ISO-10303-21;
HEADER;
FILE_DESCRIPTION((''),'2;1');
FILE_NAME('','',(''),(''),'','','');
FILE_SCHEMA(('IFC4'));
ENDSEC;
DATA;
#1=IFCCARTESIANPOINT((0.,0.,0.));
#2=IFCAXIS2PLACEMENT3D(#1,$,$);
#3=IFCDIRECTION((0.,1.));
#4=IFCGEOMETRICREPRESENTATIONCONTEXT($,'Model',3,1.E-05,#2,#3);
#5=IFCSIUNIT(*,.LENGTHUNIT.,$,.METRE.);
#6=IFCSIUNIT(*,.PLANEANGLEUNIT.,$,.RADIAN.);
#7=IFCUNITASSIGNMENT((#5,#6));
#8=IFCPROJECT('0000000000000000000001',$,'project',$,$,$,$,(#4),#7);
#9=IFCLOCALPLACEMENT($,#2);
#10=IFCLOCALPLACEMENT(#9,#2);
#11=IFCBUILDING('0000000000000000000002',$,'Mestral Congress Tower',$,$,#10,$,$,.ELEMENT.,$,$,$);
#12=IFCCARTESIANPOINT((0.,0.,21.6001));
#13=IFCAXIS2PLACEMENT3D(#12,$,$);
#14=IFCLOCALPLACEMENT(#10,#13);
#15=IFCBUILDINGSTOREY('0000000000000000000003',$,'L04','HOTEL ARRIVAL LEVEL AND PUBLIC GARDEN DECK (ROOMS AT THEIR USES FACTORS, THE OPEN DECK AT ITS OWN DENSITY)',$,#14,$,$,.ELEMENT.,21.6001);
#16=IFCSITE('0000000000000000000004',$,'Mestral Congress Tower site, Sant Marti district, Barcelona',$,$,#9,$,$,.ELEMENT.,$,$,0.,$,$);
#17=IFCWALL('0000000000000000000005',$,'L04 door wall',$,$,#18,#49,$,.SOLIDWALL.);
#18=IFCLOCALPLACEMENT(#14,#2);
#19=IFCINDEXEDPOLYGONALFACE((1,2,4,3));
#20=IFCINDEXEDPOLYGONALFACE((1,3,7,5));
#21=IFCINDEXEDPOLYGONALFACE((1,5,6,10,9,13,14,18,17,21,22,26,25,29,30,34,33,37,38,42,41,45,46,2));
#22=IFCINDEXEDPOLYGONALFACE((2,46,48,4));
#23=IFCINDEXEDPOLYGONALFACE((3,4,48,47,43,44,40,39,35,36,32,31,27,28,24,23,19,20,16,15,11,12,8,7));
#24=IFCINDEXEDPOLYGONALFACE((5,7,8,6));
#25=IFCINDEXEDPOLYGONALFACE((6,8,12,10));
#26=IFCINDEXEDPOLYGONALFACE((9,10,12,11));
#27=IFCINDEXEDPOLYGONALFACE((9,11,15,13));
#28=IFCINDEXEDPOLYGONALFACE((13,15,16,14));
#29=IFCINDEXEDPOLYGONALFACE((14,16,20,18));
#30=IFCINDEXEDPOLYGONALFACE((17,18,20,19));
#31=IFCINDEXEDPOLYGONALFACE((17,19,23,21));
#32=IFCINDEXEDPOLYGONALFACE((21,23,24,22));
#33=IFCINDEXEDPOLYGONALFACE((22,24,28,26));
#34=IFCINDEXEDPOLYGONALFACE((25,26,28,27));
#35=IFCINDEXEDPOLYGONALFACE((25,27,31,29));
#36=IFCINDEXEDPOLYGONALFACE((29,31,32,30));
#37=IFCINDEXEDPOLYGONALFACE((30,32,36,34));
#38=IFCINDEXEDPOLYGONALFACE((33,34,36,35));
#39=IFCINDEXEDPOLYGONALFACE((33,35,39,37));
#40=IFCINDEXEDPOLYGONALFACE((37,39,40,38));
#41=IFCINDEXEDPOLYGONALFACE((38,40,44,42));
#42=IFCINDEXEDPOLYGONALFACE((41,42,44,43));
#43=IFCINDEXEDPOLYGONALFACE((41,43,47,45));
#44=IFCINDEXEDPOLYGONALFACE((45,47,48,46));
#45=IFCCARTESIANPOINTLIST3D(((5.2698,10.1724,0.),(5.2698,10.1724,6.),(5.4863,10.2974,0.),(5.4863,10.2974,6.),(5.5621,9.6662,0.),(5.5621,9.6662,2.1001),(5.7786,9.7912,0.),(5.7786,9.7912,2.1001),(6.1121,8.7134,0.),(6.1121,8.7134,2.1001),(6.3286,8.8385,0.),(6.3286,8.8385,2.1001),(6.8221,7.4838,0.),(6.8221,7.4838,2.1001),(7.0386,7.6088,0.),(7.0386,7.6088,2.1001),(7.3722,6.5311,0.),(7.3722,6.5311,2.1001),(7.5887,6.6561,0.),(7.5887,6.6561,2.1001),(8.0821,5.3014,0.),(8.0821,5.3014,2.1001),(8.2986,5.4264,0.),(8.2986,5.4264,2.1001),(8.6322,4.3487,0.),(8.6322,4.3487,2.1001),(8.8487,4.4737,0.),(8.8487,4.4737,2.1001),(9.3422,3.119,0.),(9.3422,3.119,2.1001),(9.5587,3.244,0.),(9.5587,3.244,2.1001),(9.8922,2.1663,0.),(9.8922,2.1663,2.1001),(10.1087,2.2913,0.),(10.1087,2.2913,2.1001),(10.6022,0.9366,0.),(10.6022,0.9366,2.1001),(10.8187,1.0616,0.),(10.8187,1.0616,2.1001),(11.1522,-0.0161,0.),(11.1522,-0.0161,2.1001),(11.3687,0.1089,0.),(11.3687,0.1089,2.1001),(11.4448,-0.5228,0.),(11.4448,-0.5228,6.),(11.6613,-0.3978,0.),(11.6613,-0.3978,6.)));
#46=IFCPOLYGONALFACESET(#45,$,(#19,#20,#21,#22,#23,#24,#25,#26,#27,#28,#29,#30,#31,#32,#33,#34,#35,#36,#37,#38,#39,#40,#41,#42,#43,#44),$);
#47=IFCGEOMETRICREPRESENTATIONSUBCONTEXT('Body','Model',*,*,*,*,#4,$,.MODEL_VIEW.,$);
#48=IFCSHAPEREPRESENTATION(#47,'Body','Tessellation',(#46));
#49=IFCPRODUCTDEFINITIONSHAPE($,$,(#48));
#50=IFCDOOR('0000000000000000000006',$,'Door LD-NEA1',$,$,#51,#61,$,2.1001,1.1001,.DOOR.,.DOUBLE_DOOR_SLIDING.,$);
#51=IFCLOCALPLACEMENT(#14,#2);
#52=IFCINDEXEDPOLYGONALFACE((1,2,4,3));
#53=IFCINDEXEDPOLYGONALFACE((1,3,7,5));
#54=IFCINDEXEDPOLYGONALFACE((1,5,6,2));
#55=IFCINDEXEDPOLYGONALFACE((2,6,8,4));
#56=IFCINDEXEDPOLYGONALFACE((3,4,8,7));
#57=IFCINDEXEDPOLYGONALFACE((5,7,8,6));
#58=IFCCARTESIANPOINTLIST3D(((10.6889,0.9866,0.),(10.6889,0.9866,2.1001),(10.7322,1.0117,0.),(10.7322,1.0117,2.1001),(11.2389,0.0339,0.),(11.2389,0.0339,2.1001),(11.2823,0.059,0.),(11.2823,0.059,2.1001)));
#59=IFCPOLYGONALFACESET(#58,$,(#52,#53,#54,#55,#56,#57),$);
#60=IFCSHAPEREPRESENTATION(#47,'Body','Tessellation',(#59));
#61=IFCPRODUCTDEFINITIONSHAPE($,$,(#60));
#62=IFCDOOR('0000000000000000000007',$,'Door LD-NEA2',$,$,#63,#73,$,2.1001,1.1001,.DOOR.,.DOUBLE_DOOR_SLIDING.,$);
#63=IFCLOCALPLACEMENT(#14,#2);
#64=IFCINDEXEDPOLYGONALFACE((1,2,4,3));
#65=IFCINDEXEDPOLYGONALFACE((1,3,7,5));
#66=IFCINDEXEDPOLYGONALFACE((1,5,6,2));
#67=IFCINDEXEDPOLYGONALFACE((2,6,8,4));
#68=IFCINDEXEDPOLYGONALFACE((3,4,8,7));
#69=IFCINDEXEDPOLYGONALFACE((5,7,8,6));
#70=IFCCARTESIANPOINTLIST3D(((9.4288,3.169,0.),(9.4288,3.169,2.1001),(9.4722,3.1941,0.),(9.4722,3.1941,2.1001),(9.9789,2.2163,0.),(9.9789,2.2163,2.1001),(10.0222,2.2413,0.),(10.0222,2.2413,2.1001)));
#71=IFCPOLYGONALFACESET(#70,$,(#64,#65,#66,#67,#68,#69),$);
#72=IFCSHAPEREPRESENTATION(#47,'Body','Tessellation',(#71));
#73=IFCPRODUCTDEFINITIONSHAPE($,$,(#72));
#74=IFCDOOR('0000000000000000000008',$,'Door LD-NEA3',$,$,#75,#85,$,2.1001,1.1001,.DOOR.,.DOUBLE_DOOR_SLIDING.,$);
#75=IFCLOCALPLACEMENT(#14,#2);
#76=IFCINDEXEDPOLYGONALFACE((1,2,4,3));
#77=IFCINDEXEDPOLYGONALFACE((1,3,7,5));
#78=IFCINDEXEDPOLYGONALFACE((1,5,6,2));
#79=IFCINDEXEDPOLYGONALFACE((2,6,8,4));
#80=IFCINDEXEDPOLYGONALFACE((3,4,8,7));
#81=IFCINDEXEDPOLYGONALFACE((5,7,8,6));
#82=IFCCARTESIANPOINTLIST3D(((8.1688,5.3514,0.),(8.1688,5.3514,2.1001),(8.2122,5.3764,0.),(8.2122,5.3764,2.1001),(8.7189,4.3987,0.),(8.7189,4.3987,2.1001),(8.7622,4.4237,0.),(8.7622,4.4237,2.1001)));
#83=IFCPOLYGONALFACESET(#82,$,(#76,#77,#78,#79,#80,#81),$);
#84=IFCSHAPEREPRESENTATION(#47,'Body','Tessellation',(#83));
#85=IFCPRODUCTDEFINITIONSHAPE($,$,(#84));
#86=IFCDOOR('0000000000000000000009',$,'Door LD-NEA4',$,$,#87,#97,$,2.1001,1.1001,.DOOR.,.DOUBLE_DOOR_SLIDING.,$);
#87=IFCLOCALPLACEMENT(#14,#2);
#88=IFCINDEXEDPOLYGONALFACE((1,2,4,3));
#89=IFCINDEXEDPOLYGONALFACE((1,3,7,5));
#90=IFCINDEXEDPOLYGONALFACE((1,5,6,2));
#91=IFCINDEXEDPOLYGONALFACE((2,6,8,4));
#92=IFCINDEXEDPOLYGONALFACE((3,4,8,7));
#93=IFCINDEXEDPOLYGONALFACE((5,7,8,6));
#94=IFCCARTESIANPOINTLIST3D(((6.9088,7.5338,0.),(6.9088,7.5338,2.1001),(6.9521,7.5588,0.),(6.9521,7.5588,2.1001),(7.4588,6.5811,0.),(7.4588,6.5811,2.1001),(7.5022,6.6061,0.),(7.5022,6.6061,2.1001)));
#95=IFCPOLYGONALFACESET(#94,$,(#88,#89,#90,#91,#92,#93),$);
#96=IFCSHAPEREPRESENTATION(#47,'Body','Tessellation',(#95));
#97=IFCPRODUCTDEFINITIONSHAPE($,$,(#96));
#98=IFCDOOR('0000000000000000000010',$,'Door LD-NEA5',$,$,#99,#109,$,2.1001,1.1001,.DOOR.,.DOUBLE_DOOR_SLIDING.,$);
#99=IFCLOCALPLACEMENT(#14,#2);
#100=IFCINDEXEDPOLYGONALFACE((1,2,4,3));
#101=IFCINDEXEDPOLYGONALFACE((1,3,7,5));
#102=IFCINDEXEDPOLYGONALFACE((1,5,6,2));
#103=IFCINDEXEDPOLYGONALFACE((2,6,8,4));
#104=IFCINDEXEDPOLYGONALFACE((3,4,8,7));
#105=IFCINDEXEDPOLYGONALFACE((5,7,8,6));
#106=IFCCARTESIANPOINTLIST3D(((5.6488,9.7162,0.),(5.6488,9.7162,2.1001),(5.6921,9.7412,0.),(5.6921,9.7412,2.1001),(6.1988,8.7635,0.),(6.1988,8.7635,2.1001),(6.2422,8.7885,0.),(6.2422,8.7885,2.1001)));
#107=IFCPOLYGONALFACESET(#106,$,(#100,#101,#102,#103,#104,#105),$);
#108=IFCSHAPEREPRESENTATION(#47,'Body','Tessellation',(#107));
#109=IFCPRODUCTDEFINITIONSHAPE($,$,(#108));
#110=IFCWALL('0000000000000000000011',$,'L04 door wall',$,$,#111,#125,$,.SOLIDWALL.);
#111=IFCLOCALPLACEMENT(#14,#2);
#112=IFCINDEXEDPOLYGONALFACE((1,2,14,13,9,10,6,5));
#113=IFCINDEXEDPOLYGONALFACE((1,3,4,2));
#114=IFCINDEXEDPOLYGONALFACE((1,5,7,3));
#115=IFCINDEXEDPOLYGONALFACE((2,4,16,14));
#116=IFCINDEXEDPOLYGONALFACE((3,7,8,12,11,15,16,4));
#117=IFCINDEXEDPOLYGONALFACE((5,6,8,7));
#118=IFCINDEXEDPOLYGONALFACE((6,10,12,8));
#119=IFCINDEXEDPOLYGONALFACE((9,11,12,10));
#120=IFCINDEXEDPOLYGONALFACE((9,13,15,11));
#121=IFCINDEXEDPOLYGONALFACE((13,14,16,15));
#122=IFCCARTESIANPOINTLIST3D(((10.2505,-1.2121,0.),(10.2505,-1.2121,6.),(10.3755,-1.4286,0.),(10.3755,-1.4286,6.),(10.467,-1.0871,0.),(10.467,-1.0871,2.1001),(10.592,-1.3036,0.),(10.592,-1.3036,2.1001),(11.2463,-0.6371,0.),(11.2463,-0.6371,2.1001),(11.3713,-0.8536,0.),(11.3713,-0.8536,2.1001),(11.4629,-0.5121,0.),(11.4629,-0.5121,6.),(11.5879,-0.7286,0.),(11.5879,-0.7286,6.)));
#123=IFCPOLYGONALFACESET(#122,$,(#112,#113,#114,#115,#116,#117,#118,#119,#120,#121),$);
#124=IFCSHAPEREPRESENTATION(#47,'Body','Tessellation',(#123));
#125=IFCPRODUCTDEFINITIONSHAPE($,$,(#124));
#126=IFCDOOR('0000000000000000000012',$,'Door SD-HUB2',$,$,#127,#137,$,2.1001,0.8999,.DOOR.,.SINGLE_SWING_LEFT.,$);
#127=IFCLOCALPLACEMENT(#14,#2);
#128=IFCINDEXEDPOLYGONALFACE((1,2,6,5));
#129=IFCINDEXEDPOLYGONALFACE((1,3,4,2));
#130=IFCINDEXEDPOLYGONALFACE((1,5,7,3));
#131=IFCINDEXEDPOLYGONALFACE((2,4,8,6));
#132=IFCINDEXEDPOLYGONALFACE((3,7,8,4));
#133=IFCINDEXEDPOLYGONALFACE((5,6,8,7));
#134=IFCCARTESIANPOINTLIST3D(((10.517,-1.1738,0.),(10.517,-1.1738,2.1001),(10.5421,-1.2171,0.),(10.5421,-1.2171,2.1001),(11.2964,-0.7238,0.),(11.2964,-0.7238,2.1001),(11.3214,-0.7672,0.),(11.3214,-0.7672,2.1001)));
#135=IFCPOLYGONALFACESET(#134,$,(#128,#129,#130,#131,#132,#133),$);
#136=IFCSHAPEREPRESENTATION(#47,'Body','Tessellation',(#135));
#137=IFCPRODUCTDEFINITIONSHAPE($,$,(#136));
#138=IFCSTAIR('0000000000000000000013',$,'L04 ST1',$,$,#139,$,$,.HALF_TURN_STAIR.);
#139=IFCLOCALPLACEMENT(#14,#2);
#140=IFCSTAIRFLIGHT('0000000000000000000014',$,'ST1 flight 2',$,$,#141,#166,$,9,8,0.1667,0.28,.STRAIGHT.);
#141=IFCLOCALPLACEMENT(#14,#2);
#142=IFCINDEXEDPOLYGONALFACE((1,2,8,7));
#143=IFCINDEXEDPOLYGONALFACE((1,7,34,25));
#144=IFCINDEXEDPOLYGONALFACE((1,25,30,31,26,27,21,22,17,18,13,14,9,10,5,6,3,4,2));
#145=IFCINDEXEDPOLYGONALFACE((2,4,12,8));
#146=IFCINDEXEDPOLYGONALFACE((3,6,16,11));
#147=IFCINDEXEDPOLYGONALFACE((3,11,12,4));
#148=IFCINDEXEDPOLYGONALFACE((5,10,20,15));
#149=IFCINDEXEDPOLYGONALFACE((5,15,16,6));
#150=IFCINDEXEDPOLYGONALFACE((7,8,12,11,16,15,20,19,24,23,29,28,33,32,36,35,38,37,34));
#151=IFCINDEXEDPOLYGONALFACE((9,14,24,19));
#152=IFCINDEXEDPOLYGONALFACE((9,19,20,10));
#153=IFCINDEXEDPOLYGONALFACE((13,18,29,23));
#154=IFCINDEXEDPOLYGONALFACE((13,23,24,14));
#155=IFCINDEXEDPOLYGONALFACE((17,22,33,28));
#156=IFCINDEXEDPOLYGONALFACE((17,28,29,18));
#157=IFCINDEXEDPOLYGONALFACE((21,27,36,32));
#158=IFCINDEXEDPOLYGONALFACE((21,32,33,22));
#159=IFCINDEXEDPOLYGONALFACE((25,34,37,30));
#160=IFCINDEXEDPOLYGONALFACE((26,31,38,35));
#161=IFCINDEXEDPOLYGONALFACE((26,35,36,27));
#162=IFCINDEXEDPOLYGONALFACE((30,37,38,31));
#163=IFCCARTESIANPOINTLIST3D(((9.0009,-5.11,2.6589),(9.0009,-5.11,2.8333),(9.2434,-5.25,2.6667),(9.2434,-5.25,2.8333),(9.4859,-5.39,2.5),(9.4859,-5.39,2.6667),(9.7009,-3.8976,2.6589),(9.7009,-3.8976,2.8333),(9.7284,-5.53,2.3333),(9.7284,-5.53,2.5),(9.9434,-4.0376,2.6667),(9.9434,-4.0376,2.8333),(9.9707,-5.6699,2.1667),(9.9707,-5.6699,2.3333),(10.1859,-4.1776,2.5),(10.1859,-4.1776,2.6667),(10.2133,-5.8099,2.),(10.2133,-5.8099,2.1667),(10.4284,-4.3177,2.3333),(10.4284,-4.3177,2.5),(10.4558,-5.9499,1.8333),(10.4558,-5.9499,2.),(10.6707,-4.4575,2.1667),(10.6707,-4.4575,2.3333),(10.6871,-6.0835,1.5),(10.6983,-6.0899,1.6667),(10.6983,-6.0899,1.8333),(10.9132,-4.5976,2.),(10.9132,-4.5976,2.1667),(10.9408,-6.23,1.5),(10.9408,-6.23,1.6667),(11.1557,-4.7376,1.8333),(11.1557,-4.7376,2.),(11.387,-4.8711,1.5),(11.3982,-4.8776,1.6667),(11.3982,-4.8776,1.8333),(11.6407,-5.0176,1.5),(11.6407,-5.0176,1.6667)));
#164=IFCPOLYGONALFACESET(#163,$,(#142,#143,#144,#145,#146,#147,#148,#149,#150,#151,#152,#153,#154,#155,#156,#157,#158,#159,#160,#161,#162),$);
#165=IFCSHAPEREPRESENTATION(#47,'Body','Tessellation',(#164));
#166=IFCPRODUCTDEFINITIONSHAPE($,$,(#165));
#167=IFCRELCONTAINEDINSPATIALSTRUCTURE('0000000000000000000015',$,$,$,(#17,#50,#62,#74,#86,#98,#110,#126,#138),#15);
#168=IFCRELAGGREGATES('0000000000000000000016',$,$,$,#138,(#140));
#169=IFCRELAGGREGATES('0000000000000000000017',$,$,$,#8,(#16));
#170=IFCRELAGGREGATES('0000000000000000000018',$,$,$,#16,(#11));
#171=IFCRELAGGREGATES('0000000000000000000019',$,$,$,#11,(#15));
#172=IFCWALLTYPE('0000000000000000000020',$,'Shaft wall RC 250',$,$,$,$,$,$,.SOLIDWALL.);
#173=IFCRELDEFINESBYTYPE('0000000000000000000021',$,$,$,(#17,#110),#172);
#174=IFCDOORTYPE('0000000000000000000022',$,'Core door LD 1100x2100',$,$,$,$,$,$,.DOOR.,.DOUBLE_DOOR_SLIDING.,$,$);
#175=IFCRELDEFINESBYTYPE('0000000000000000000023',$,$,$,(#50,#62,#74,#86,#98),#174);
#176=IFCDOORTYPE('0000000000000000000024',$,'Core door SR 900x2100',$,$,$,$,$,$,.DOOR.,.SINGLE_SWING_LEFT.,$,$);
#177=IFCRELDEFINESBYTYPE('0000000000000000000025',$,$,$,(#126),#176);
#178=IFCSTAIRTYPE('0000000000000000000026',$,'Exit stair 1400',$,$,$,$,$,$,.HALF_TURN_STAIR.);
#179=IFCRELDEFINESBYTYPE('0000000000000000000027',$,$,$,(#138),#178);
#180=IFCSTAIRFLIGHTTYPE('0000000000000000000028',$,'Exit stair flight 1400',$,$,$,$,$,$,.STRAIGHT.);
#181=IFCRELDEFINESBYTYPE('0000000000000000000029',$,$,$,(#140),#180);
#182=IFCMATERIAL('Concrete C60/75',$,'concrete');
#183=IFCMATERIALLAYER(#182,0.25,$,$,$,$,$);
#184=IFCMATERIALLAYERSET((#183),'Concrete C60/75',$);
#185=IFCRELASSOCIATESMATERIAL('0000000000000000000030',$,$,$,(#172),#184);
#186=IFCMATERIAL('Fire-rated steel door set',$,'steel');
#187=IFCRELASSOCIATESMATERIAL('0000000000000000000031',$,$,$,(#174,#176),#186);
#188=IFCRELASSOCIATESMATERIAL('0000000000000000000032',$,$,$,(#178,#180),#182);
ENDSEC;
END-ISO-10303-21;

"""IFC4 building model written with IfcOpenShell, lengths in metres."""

from ifc_helpers import new_model, si_unit, direction, frame, frame_2d, origin, place, context, subcontext, project, spatial, polyline, rectangle, outline, extrude, material, layer, layer_set, type_object, element, fill, aggregate, save


model = new_model("IFC4")

# Units and contexts
model_context = context("Model", 3, precision=1e-05, world=origin(), true_north=direction((0.0, 1.0)))
body_context = subcontext(model_context, "Body", "Model", "MODEL_VIEW")
ifc_project = project(units=[si_unit("LENGTHUNIT", "METRE"), si_unit("PLANEANGLEUNIT", "RADIAN")], contexts=[model_context])

# Site, building, storey
site_placement = place(None, origin())
site = spatial("IfcSite", under=ifc_project, at=site_placement, Name="Mestral Congress Tower site, Sant Marti district, Barcelona", CompositionType="ELEMENT", RefElevation=0.0)
building_placement = place(site_placement, origin())
building = spatial("IfcBuilding", under=site, at=building_placement, Name="Mestral Congress Tower", CompositionType="ELEMENT")
storey_placement = place(building_placement, frame((0.0, 0.0, 21.6001)))
storey = spatial("IfcBuildingStorey", under=building, at=storey_placement, Name="L04", Description="HOTEL ARRIVAL LEVEL AND PUBLIC GARDEN DECK (ROOMS AT THEIR USES FACTORS, THE OPEN DECK AT ITS OWN DENSITY)", CompositionType="ELEMENT", Elevation=21.6001)

# Shared definitions
placement = place(storey_placement, origin())

# Wall, openings, doors
ifc_material_1 = material(Name="Concrete C60/75", Category="concrete")
ifc_layer_1 = layer(ifc_material_1, 0.25)
ifc_layer_set_1 = layer_set([ifc_layer_1], Name="Concrete C60/75")
wall_type_1 = type_object("IfcWallType", Name="Shaft wall RC 250", PredefinedType="SOLIDWALL", material=ifc_layer_set_1)
wall_1_placement = place(storey_placement, frame((11.553, -0.4602, 0.0), z_axis=(0.0, 0.0, 1.0), x_axis=(-0.500007, 0.866022, 0.0)))
wall_1 = element("IfcWall", 1, at=wall_1_placement, inside=storey, type_object=wall_type_1, Name="L04 door wall", PredefinedType="SOLIDWALL", context=body_context, shape_type="SweptSolid", body=[
    extrude(rectangle(XDim=12.3499, YDim=0.25, at=frame_2d((6.1748, 0.0))), origin(), (0.0, 0.0, 1.0), 6.0),
])
opening_1_placement = place(wall_1_placement, frame((0.585, 0.0, 0.0)))
opening_1 = element("IfcOpeningElement", 2, at=opening_1_placement, cuts=wall_1, PredefinedType="OPENING", context=body_context, shape_type="SweptSolid", body=[
    extrude(rectangle(XDim=1.1001, YDim=2.1001, at=frame_2d((0.55, 1.05))), frame((0.0, 0.135, 0.0), z_axis=(0.0, -1.0, 0.0), x_axis=(1.0, 0.0, 0.0)), (0.0, 0.0, 1.0), 0.27),
])
opening_2_placement = place(wall_1_placement, frame((3.105, 0.0, 0.0)))
opening_2 = element("IfcOpeningElement", 3, at=opening_2_placement, cuts=wall_1, PredefinedType="OPENING", context=body_context, shape_type="SweptSolid", body=[
    extrude(rectangle(XDim=1.1001, YDim=2.1001, at=frame_2d((0.55, 1.05))), frame((0.0, 0.135, 0.0), z_axis=(0.0, -1.0, 0.0), x_axis=(1.0, 0.0, 0.0)), (0.0, 0.0, 1.0), 0.27),
])
opening_3_placement = place(wall_1_placement, frame((5.625, 0.0, 0.0)))
opening_3 = element("IfcOpeningElement", 4, at=opening_3_placement, cuts=wall_1, PredefinedType="OPENING", context=body_context, shape_type="SweptSolid", body=[
    extrude(rectangle(XDim=1.1001, YDim=2.1001, at=frame_2d((0.55, 1.05))), frame((0.0, 0.135, 0.0), z_axis=(0.0, -1.0, 0.0), x_axis=(1.0, 0.0, 0.0)), (0.0, 0.0, 1.0), 0.27),
])
opening_4_placement = place(wall_1_placement, frame((8.145, 0.0, 0.0)))
opening_4 = element("IfcOpeningElement", 5, at=opening_4_placement, cuts=wall_1, PredefinedType="OPENING", context=body_context, shape_type="SweptSolid", body=[
    extrude(rectangle(XDim=1.1001, YDim=2.1001, at=frame_2d((0.55, 1.05))), frame((0.0, 0.135, 0.0), z_axis=(0.0, -1.0, 0.0), x_axis=(1.0, 0.0, 0.0)), (0.0, 0.0, 1.0), 0.27),
])
opening_5_placement = place(wall_1_placement, frame((10.665, 0.0, 0.0)))
opening_5 = element("IfcOpeningElement", 6, at=opening_5_placement, cuts=wall_1, PredefinedType="OPENING", context=body_context, shape_type="SweptSolid", body=[
    extrude(rectangle(XDim=1.1001, YDim=2.1001, at=frame_2d((0.55, 1.05))), frame((0.0, 0.135, 0.0), z_axis=(0.0, -1.0, 0.0), x_axis=(1.0, 0.0, 0.0)), (0.0, 0.0, 1.0), 0.27),
])
ifc_material_2 = material(Name="Fire-rated steel door set", Category="steel")
door_type_1 = type_object("IfcDoorType", Name="Core door LD 1100x2100", OperationType="DOUBLE_DOOR_SLIDING", PredefinedType="DOOR", material=ifc_material_2)
door_1_placement = place(opening_1_placement, origin())
door_1 = element("IfcDoor", 7, at=door_1_placement, inside=storey, type_object=door_type_1, Name="Door LD-NEA1", OperationType="DOUBLE_DOOR_SLIDING", OverallHeight=2.1001, OverallWidth=1.1001, PredefinedType="DOOR", context=body_context, shape_type="SweptSolid", body=[
    extrude(rectangle(XDim=1.1001, YDim=2.1001, at=frame_2d((0.55, 1.05))), frame((0.0, 0.0249, 0.0), z_axis=(0.0, -1.0, 0.0), x_axis=(1.0, 0.0, 0.0)), (0.0, 0.0, 1.0), 0.05),
])
fill(opening_1, door_1)
door_2_placement = place(opening_2_placement, origin())
door_2 = element("IfcDoor", 8, at=door_2_placement, inside=storey, type_object=door_type_1, Name="Door LD-NEA2", OperationType="DOUBLE_DOOR_SLIDING", OverallHeight=2.1001, OverallWidth=1.1001, PredefinedType="DOOR", context=body_context, shape_type="SweptSolid", body=[
    extrude(rectangle(XDim=1.1001, YDim=2.1001, at=frame_2d((0.55, 1.05))), frame((0.0, 0.0249, 0.0), z_axis=(0.0, -1.0, 0.0), x_axis=(1.0, 0.0, 0.0)), (0.0, 0.0, 1.0), 0.05),
])
fill(opening_2, door_2)
door_3_placement = place(opening_3_placement, origin())
door_3 = element("IfcDoor", 9, at=door_3_placement, inside=storey, type_object=door_type_1, Name="Door LD-NEA3", OperationType="DOUBLE_DOOR_SLIDING", OverallHeight=2.1001, OverallWidth=1.1001, PredefinedType="DOOR", context=body_context, shape_type="SweptSolid", body=[
    extrude(rectangle(XDim=1.1001, YDim=2.1001, at=frame_2d((0.55, 1.05))), frame((0.0, 0.0249, 0.0), z_axis=(0.0, -1.0, 0.0), x_axis=(1.0, 0.0, 0.0)), (0.0, 0.0, 1.0), 0.05),
])
fill(opening_3, door_3)
door_4_placement = place(opening_4_placement, origin())
door_4 = element("IfcDoor", 10, at=door_4_placement, inside=storey, type_object=door_type_1, Name="Door LD-NEA4", OperationType="DOUBLE_DOOR_SLIDING", OverallHeight=2.1001, OverallWidth=1.1001, PredefinedType="DOOR", context=body_context, shape_type="SweptSolid", body=[
    extrude(rectangle(XDim=1.1001, YDim=2.1001, at=frame_2d((0.55, 1.05))), frame((0.0, 0.0249, 0.0), z_axis=(0.0, -1.0, 0.0), x_axis=(1.0, 0.0, 0.0)), (0.0, 0.0, 1.0), 0.05),
])
fill(opening_4, door_4)
door_5_placement = place(opening_5_placement, origin())
door_5 = element("IfcDoor", 11, at=door_5_placement, inside=storey, type_object=door_type_1, Name="Door LD-NEA5", OperationType="DOUBLE_DOOR_SLIDING", OverallHeight=2.1001, OverallWidth=1.1001, PredefinedType="DOOR", context=body_context, shape_type="SweptSolid", body=[
    extrude(rectangle(XDim=1.1001, YDim=2.1001, at=frame_2d((0.55, 1.05))), frame((0.0, 0.0249, 0.0), z_axis=(0.0, -1.0, 0.0), x_axis=(1.0, 0.0, 0.0)), (0.0, 0.0, 1.0), 0.05),
])
fill(opening_5, door_5)

# Wall, opening, door
wall_2_placement = place(storey_placement, frame((10.313, -1.3203, 0.0), z_axis=(0.0, 0.0, 1.0), x_axis=(0.866035, 0.499984, 0.0)))
wall_2 = element("IfcWall", 12, at=wall_2_placement, inside=storey, type_object=wall_type_1, Name="L04 door wall", PredefinedType="SOLIDWALL", context=body_context, shape_type="SweptSolid", body=[
    extrude(rectangle(XDim=1.3999, YDim=0.25, at=frame_2d((0.7, 0.0))), origin(), (0.0, 0.0, 1.0), 6.0),
])
opening_6_placement = place(wall_2_placement, frame((0.25, 0.0, 0.0)))
opening_6 = element("IfcOpeningElement", 13, at=opening_6_placement, cuts=wall_2, PredefinedType="OPENING", context=body_context, shape_type="SweptSolid", body=[
    extrude(rectangle(XDim=0.8999, YDim=2.1001, at=frame_2d((0.45, 1.05))), frame((0.0, 0.135, 0.0), z_axis=(0.0, -1.0, 0.0), x_axis=(1.0, 0.0, 0.0)), (0.0, 0.0, 1.0), 0.27),
])
door_type_2 = type_object("IfcDoorType", Name="Core door SR 900x2100", OperationType="SINGLE_SWING_LEFT", PredefinedType="DOOR", material=ifc_material_2)
door_6_placement = place(opening_6_placement, origin())
door_6 = element("IfcDoor", 14, at=door_6_placement, inside=storey, type_object=door_type_2, Name="Door SD-HUB2", OperationType="SINGLE_SWING_LEFT", OverallHeight=2.1001, OverallWidth=0.8999, PredefinedType="DOOR", context=body_context, shape_type="SweptSolid", body=[
    extrude(rectangle(XDim=0.8999, YDim=2.1001, at=frame_2d((0.45, 1.05))), frame((0.0, 0.0249, 0.0), z_axis=(0.0, -1.0, 0.0), x_axis=(1.0, 0.0, 0.0)), (0.0, 0.0, 1.0), 0.05),
])
fill(opening_6, door_6)

# Stair, stair flight
stair_type = type_object("IfcStairType", Name="Exit stair 1400", PredefinedType="HALF_TURN_STAIR", material=ifc_material_1)
stair = element("IfcStair", 15, at=placement, inside=storey, type_object=stair_type, Name="L04 ST1", PredefinedType="HALF_TURN_STAIR")
stair_flight_type = type_object("IfcStairFlightType", Name="Exit stair flight 1400", PredefinedType="STRAIGHT", material=ifc_material_1)
stair_flight_1_placement = place(storey_placement, frame((11.2908, -5.6238, 1.5), z_axis=(0.0, 0.0, 1.0), x_axis=(-0.866025, 0.5, 0.0)))
stair_flight_1 = element("IfcStairFlight", 16, at=stair_flight_1_placement, type_object=stair_flight_type, Name="ST1 flight 2", NumberOfRisers=9, NumberOfTreads=8, PredefinedType="STRAIGHT", RiserHeight=0.1667, TreadLength=0.28, context=body_context, shape_type="SweptSolid", body=[
    extrude(outline(polyline([(0.0, 0.0), (0.0, 0.1667), (0.28, 0.1667), (0.28, 0.3333), (0.5601, 0.3333), (0.5601, 0.5), (0.8401, 0.5), (0.8401, 0.6667), (1.1201, 0.6667), (1.1201, 0.8333), (1.3999, 0.8333), (1.3999, 1.0), (1.6799, 1.0), (1.6799, 1.1667), (1.96, 1.1667), (1.96, 1.3333), (2.24, 1.3333), (2.24, 1.5), (2.24, 1.1589), (0.293, 0.0), (0.0, 0.0)])), frame((0.0, 0.7, 0.0), z_axis=(0.0, -1.0, 0.0), x_axis=(1.0, 0.0, 0.0)), (0.0, 0.0, 1.0), 1.3999),
])
aggregate(stair, [stair_flight_1])

save(model, "model.ifc")
